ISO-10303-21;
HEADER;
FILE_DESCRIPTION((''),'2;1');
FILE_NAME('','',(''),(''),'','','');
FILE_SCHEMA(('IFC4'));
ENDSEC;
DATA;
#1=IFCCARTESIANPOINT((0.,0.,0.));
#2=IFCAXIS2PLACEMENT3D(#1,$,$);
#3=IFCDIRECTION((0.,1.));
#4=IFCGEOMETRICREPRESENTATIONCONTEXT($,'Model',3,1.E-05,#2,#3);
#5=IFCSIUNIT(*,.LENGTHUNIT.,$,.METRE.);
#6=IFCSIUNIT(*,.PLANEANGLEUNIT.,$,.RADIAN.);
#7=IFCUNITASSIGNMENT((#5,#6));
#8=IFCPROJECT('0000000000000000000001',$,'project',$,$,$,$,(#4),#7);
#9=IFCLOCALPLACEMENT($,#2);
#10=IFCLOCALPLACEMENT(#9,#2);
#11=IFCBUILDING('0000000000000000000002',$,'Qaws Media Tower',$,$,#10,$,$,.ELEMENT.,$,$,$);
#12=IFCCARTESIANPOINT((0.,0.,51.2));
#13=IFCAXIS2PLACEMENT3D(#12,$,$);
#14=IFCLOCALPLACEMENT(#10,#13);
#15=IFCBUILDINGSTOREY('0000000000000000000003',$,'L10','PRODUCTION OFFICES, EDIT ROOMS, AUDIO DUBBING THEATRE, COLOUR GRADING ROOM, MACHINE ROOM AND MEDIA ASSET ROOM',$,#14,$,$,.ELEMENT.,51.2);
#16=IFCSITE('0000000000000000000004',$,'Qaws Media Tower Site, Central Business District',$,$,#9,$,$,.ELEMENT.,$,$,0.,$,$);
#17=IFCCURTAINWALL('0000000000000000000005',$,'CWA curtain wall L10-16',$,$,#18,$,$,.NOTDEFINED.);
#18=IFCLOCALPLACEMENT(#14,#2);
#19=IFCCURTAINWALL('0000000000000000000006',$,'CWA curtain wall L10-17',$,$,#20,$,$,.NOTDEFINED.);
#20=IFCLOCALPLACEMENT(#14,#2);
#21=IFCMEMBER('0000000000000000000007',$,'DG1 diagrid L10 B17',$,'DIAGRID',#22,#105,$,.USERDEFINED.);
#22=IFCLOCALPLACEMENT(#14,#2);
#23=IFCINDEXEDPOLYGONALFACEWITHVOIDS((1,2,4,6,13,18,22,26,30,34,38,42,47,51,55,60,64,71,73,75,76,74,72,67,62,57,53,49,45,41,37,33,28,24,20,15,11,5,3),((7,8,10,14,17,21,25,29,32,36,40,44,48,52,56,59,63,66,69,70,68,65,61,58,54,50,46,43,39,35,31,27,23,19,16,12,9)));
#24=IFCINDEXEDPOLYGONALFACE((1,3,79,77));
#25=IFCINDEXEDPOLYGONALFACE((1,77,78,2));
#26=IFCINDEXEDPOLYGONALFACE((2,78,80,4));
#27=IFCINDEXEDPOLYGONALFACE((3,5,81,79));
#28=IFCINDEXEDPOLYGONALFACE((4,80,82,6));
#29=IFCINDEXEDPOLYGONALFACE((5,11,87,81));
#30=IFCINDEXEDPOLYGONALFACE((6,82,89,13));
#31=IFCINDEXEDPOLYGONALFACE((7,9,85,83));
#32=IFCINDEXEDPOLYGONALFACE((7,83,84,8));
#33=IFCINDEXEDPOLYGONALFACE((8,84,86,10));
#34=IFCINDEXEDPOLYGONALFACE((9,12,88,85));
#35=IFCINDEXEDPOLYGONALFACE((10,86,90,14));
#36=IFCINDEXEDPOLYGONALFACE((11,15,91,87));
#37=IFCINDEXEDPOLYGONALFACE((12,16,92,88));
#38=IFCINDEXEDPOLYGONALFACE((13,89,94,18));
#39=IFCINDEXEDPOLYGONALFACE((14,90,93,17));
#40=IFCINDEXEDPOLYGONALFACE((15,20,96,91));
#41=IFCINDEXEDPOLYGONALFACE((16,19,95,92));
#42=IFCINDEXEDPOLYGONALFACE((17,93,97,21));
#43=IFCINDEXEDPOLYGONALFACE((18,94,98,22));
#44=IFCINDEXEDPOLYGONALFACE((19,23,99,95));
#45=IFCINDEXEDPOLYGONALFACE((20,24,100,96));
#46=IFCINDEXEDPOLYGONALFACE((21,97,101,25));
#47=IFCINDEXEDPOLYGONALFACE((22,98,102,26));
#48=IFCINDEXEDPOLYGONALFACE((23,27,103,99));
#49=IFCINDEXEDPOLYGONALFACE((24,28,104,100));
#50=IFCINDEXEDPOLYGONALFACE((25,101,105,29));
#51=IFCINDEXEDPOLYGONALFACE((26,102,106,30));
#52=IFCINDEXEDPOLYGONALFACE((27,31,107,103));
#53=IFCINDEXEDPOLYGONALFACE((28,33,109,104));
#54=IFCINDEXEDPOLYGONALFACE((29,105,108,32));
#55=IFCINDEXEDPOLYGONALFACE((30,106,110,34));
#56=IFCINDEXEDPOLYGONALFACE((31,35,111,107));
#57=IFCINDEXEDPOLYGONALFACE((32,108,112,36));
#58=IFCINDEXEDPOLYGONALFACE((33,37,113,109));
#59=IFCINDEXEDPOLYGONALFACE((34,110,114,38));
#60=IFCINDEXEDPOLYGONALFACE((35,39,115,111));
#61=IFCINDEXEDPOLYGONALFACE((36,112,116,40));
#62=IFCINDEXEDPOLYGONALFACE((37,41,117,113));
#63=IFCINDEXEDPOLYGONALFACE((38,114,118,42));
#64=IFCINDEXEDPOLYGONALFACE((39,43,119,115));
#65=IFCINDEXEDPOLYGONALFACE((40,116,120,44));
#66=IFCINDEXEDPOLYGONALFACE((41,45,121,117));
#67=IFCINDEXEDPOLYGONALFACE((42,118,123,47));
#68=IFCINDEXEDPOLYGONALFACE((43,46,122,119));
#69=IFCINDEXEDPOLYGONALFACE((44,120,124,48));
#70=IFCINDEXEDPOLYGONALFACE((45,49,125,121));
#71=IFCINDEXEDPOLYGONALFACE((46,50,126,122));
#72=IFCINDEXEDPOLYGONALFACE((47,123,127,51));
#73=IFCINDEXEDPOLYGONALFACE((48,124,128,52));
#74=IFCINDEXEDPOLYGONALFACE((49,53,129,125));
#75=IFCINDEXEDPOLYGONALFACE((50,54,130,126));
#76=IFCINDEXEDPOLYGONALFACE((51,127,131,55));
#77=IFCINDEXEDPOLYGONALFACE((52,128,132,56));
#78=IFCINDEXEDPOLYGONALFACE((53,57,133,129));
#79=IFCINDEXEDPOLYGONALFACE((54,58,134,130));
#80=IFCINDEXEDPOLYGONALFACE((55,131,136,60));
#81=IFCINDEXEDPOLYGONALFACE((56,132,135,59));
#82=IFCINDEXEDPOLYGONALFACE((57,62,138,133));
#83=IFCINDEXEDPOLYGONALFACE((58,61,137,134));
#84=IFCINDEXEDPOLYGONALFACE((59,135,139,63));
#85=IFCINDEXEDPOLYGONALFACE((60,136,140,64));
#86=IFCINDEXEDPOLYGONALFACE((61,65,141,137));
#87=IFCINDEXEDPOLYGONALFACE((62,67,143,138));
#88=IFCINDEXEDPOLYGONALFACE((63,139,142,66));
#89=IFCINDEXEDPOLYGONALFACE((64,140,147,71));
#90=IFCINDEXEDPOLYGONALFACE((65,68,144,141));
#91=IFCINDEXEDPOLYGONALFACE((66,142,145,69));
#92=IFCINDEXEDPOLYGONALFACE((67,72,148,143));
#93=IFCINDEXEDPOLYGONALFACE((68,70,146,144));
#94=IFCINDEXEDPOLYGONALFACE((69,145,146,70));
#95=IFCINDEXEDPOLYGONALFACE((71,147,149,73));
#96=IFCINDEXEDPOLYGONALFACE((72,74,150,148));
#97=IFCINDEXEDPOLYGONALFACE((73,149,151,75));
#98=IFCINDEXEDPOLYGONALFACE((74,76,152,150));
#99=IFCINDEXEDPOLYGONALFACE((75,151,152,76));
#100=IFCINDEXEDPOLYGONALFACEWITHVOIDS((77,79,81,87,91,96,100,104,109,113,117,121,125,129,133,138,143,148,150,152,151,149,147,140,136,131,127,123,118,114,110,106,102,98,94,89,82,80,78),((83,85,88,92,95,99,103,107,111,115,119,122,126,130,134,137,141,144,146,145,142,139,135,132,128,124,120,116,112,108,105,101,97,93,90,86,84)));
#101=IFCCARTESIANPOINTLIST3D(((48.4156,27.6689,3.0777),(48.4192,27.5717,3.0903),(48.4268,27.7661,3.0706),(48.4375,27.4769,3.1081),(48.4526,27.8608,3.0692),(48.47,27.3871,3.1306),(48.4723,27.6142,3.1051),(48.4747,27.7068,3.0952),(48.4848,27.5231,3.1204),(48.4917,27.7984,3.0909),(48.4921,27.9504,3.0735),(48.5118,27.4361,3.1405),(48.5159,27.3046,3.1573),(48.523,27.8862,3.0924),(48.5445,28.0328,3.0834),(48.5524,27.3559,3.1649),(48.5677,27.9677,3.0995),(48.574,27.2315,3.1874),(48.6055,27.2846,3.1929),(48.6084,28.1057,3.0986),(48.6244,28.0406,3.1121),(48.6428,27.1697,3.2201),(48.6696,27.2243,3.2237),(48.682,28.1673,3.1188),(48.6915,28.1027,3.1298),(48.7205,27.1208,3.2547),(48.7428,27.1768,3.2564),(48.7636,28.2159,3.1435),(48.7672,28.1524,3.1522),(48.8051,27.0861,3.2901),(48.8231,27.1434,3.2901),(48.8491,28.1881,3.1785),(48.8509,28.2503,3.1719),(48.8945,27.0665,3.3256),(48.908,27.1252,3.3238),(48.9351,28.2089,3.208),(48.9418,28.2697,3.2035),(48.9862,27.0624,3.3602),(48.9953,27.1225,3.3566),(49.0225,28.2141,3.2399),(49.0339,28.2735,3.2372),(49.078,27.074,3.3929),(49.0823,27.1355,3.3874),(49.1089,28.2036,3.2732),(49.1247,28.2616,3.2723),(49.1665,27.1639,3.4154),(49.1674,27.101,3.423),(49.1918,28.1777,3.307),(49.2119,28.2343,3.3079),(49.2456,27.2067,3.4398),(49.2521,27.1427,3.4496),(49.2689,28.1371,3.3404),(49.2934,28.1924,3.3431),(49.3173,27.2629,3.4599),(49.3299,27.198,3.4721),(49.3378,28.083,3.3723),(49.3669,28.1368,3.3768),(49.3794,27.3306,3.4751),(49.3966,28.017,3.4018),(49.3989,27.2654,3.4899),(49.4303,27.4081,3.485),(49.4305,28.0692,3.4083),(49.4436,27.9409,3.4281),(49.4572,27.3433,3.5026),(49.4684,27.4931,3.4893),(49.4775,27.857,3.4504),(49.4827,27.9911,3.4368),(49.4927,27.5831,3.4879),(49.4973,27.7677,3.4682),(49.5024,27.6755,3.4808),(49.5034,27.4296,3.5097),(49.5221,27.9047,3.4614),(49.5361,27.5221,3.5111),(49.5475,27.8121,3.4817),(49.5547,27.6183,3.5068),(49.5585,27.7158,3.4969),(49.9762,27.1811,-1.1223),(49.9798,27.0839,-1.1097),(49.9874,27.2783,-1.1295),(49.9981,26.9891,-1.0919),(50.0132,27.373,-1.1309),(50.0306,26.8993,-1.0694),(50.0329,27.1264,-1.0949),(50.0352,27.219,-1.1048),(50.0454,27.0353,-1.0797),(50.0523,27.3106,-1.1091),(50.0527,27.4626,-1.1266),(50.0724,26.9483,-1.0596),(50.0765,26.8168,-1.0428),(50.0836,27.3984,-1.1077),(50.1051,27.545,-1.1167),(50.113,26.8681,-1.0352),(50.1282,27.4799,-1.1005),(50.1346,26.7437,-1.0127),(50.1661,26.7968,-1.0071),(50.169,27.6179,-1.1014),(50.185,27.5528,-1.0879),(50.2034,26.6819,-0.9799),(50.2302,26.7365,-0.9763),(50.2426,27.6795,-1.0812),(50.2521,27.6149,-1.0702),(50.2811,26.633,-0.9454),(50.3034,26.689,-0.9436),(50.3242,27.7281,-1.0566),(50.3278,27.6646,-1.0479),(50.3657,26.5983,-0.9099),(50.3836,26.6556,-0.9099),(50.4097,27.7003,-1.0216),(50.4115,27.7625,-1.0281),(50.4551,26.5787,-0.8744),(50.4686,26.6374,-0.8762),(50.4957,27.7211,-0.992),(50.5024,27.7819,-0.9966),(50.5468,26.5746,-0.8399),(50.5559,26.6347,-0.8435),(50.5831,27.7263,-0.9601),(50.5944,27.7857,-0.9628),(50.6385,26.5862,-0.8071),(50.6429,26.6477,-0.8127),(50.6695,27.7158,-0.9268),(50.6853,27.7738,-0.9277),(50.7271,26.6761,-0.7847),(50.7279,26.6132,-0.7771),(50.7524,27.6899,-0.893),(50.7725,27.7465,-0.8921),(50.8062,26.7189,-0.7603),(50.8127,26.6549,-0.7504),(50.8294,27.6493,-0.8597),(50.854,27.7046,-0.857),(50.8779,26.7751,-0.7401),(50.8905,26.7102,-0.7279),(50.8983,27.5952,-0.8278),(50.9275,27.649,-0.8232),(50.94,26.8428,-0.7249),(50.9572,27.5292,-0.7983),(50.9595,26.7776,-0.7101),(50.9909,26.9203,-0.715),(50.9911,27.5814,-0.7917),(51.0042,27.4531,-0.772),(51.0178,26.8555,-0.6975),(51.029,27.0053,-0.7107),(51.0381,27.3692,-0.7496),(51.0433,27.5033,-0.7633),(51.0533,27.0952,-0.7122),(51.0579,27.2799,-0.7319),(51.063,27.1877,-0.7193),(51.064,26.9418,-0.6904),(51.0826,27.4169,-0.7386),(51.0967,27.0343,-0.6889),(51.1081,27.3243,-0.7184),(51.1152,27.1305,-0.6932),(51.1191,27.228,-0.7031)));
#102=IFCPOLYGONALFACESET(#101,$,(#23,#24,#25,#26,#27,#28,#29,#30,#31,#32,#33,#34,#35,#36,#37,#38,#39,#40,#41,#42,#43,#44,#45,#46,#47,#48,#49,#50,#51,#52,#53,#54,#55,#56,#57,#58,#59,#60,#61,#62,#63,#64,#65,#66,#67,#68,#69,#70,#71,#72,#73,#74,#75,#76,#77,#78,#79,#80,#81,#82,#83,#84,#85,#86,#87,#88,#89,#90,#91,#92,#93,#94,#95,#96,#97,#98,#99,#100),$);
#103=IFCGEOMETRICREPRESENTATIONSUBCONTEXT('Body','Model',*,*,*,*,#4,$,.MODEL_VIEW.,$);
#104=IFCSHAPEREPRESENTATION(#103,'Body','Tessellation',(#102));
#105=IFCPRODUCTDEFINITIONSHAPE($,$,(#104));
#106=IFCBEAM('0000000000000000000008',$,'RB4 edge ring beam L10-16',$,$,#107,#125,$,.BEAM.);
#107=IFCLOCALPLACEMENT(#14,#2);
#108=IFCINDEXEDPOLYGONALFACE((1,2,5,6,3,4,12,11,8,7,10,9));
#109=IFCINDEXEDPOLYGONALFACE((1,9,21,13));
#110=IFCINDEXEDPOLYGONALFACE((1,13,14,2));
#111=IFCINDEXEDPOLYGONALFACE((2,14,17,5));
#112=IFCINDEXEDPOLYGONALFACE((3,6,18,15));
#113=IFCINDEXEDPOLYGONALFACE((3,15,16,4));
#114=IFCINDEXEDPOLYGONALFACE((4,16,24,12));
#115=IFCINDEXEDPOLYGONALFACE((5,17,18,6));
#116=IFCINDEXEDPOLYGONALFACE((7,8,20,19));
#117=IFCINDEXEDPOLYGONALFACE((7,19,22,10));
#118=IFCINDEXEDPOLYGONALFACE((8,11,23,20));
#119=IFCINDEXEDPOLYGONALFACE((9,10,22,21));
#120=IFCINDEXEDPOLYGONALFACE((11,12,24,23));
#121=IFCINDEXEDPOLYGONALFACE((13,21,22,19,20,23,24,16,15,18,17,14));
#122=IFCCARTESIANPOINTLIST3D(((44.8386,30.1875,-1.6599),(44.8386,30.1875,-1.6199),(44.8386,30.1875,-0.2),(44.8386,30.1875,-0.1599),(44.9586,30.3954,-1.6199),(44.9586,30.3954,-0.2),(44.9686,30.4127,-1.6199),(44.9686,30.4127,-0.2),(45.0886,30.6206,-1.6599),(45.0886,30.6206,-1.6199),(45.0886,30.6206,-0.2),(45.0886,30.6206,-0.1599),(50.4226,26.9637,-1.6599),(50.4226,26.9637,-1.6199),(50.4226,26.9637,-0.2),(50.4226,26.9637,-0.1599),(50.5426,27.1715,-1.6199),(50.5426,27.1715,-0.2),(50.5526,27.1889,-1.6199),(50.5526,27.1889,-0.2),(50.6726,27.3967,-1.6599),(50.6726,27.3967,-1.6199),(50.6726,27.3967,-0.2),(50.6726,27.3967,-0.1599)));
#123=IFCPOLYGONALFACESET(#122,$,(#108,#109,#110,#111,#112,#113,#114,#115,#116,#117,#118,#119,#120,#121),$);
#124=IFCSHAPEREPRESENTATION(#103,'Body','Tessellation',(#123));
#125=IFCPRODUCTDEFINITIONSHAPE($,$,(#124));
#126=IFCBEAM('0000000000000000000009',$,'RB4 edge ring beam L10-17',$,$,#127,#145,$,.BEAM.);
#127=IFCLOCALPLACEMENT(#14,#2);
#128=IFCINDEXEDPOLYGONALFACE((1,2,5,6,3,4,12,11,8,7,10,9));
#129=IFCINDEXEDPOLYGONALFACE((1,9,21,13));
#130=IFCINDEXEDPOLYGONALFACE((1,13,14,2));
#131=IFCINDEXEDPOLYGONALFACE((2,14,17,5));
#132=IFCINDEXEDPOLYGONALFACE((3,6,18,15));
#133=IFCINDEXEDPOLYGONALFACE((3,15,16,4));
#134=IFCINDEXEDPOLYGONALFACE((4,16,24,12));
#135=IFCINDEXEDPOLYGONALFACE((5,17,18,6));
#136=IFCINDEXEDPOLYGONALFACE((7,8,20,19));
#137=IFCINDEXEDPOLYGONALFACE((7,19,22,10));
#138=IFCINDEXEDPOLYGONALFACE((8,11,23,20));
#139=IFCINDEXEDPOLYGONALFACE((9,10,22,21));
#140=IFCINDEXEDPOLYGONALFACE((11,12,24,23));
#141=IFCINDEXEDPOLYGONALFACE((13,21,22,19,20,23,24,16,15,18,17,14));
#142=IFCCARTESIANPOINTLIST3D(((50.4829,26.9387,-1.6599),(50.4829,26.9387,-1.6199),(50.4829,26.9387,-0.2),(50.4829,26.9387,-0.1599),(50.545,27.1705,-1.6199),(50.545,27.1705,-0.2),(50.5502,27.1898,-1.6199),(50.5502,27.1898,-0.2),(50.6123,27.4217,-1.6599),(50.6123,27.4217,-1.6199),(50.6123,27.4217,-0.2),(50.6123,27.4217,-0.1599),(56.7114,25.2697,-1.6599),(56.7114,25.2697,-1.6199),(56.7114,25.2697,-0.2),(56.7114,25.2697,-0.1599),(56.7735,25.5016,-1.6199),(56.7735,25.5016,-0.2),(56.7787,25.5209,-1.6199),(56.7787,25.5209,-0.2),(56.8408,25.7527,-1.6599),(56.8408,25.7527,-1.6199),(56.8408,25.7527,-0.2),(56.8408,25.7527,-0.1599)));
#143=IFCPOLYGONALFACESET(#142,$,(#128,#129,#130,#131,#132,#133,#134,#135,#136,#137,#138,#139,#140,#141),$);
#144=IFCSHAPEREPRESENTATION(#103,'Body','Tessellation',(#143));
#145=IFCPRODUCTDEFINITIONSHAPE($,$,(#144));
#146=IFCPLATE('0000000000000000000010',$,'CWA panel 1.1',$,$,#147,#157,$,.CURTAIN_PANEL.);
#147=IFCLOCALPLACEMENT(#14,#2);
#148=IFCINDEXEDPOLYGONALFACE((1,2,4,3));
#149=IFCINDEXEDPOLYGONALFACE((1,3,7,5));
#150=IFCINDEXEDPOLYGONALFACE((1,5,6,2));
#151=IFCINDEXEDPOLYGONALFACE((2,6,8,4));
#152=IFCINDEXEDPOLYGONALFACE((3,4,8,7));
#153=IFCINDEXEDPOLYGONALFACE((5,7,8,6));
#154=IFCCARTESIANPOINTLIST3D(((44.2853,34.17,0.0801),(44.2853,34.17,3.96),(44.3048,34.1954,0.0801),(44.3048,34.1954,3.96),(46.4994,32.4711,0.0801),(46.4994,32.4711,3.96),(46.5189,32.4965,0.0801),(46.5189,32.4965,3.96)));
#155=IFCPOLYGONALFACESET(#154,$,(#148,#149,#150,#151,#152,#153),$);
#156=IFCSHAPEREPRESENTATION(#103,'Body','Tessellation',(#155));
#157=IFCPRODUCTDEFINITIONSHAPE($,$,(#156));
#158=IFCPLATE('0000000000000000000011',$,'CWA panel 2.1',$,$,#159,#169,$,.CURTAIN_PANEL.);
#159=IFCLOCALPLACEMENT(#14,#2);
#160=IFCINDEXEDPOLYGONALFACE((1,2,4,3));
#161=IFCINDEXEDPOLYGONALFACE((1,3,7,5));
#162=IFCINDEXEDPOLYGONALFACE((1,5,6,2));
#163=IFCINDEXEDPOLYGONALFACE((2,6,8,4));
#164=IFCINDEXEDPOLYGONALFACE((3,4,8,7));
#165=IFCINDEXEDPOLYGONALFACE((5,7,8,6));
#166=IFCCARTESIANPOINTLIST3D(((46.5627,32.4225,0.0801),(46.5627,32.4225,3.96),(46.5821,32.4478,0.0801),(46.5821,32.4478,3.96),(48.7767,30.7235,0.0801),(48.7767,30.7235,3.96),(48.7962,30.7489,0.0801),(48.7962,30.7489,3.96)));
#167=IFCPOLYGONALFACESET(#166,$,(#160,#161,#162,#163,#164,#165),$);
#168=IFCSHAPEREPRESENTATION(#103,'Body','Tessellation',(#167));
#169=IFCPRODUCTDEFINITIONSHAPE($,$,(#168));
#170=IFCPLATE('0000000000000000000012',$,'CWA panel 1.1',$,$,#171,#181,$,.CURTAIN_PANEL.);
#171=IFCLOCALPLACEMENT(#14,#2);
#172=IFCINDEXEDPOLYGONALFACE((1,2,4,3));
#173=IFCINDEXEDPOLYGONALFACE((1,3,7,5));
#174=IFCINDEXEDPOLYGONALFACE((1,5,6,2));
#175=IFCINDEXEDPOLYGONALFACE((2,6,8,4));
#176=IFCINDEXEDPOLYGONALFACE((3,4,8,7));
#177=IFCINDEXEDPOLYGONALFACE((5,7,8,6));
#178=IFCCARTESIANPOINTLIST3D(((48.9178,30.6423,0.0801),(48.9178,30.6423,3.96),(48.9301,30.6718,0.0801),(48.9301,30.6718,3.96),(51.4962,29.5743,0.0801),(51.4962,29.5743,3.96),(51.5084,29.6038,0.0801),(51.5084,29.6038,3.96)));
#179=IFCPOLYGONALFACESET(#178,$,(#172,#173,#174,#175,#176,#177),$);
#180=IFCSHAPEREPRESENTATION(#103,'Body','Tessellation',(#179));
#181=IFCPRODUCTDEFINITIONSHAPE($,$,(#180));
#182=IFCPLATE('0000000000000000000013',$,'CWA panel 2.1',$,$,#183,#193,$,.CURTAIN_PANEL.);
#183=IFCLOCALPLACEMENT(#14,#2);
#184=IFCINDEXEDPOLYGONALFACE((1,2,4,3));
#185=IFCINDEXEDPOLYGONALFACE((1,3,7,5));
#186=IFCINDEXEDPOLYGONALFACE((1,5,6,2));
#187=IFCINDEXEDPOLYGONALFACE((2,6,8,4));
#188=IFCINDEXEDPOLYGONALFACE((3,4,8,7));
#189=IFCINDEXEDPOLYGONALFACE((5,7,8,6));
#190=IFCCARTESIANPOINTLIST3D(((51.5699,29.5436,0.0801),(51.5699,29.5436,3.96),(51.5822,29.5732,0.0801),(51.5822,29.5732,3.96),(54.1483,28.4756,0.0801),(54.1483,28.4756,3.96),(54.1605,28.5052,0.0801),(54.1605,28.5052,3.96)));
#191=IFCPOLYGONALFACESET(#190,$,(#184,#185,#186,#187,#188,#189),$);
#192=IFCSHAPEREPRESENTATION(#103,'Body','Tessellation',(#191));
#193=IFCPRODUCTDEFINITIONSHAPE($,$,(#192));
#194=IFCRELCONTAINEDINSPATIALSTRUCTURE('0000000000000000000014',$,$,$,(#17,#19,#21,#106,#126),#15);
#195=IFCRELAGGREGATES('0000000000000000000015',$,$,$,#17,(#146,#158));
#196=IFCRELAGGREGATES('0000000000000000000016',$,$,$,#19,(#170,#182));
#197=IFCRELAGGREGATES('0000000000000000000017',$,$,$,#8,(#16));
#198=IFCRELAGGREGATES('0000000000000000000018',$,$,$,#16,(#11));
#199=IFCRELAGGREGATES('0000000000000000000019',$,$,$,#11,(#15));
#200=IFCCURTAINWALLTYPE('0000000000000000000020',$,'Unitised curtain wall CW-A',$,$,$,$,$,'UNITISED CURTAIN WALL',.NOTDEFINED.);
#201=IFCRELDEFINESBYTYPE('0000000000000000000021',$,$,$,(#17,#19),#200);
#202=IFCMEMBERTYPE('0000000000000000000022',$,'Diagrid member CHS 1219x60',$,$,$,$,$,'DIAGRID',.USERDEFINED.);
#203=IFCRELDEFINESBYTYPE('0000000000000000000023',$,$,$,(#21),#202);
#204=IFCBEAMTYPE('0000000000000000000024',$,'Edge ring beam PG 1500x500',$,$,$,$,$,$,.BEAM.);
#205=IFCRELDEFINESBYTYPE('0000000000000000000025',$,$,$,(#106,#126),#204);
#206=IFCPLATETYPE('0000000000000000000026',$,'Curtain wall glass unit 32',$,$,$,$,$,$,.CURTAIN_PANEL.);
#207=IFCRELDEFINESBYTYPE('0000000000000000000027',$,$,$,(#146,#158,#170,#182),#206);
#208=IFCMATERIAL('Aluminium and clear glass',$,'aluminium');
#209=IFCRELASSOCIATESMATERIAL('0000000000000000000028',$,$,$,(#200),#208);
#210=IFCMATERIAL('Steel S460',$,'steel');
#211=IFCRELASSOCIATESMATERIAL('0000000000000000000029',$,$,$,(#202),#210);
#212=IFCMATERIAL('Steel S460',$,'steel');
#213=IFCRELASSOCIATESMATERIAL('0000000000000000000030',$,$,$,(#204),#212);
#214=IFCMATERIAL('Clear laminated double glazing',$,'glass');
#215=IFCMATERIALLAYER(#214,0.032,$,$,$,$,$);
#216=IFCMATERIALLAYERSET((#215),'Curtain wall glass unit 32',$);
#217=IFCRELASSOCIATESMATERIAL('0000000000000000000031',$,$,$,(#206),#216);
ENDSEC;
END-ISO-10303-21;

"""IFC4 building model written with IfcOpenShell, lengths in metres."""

from ifc_helpers import new_model, si_unit, direction, frame, origin, origin_2d, place, context, subcontext, project, spatial, rectangle, hollow_circle, i_section, extrude, material, layer, layer_set, material_profile, profile_set, type_object, element, aggregate, save


model = new_model("IFC4")

# Units and contexts
model_context = context("Model", 3, precision=1e-05, world=origin(), true_north=direction((0.0, 1.0)))
body_context = subcontext(model_context, "Body", "Model", "MODEL_VIEW")
ifc_project = project(units=[si_unit("LENGTHUNIT", "METRE"), si_unit("PLANEANGLEUNIT", "RADIAN")], contexts=[model_context])

# Site, building, storey
site_placement = place(None, origin())
site = spatial("IfcSite", under=ifc_project, at=site_placement, Name="Qaws Media Tower Site, Central Business District", CompositionType="ELEMENT", RefElevation=0.0)
building_placement = place(site_placement, origin())
building = spatial("IfcBuilding", under=site, at=building_placement, Name="Qaws Media Tower", CompositionType="ELEMENT")
storey_placement = place(building_placement, frame((0.0, 0.0, 51.2)))
storey = spatial("IfcBuildingStorey", under=building, at=storey_placement, Name="L10", Description="PRODUCTION OFFICES, EDIT ROOMS, AUDIO DUBBING THEATRE, COLOUR GRADING ROOM, MACHINE ROOM AND MEDIA ASSET ROOM", CompositionType="ELEMENT", Elevation=51.2)

# Shared definitions
ifc_material_1 = material(Name="Aluminium and clear glass", Category="aluminium")
curtain_wall_type = type_object("IfcCurtainWallType", Name="Unitised curtain wall CW-A", ElementType="UNITISED CURTAIN WALL", PredefinedType="NOTDEFINED", material=ifc_material_1)

# Curtain walls
curtain_wall_1_placement = place(storey_placement, origin())
curtain_wall_1 = element("IfcCurtainWall", 1, at=curtain_wall_1_placement, inside=storey, type_object=curtain_wall_type, Name="CWA curtain wall L10-16", PredefinedType="NOTDEFINED")
curtain_wall_2_placement = place(storey_placement, origin())
curtain_wall_2 = element("IfcCurtainWall", 2, at=curtain_wall_2_placement, inside=storey, type_object=curtain_wall_type, Name="CWA curtain wall L10-17", PredefinedType="NOTDEFINED")

# Member
ifc_material_2 = material(Name="Steel S460", Category="steel")
ifc_material_profile_1 = material_profile(ifc_material_2, hollow_circle(Radius=0.6096, WallThickness=0.0601, at=origin_2d()), Name="CHS 1219x60")
ifc_profile_set_1 = profile_set([ifc_material_profile_1], Name="Steel S460")
member_type_1 = type_object("IfcMemberType", Name="Diagrid member CHS 1219x60", ElementType="DIAGRID", PredefinedType="USERDEFINED", material=ifc_profile_set_1)
for number, where, z_axis, x_axis, name in (
    (3, (50.5476, 27.1802, -0.9099), (-0.346251, 0.108231, 0.931878), (-0.298343, -0.954459, 0.0), "DG1 diagrid L10 B17"),
):
    element("IfcMember", number, at=place(storey_placement, frame(where, z_axis=z_axis, x_axis=x_axis)), inside=storey, type_object=member_type_1, Name=name, ObjectType="DIAGRID", PredefinedType="USERDEFINED", context=body_context, shape_type="SweptSolid", body=[
        extrude(hollow_circle(Radius=0.6096, WallThickness=0.0601, at=origin_2d()), origin(), (0.0, 0.0, 1.0), 4.5071),
    ])

# Beams
ifc_material_3 = material(Name="Steel S460", Category="steel")
ifc_material_profile_2 = material_profile(ifc_material_3, i_section(OverallWidth=0.5, OverallDepth=1.5, WebThickness=0.02, FlangeThickness=0.04, at=origin_2d()), Name="PG 1500x500")
ifc_profile_set_2 = profile_set([ifc_material_profile_2], Name="Steel S460")
beam_type = type_object("IfcBeamType", Name="Edge ring beam PG 1500x500", PredefinedType="BEAM", material=ifc_profile_set_2)
beam_1_placement = place(storey_placement, frame((44.9636, 30.4041, -0.9099), z_axis=(0.866028, -0.499996, 0.0), x_axis=(0.499996, 0.866028, 0.0)))
element("IfcBeam", 4, at=beam_1_placement, inside=storey, type_object=beam_type, Name="RB4 edge ring beam L10-16", PredefinedType="BEAM", context=body_context, shape_type="SweptSolid", body=[
    extrude(i_section(OverallWidth=0.5, OverallDepth=1.5, WebThickness=0.02, FlangeThickness=0.04, at=origin_2d()), origin(), (0.0, 0.0, 1.0), 6.4478),
])
beam_2_placement = place(storey_placement, frame((50.5476, 27.1802, -0.9099), z_axis=(0.965925, -0.258822, 0.0), x_axis=(0.258822, 0.965925, 0.0)))
element("IfcBeam", 5, at=beam_2_placement, inside=storey, type_object=beam_type, Name="RB4 edge ring beam L10-17", PredefinedType="BEAM", context=body_context, shape_type="SweptSolid", body=[
    extrude(i_section(OverallWidth=0.5, OverallDepth=1.5, WebThickness=0.02, FlangeThickness=0.04, at=origin_2d()), origin(), (0.0, 0.0, 1.0), 6.4482),
])

# Plates
ifc_material_4 = material(Name="Clear laminated double glazing", Category="glass")
ifc_layer_1 = layer(ifc_material_4, 0.032)
ifc_layer_set_1 = layer_set([ifc_layer_1], Name="Curtain wall glass unit 32")
plate_type_1 = type_object("IfcPlateType", Name="Curtain wall glass unit 32", PredefinedType="CURTAIN_PANEL", material=ifc_layer_set_1)
plate_1_placement = place(storey_placement, frame((45.4021, 33.3333, 0.0801), z_axis=(0.0, 0.0, 1.0), x_axis=(0.793353, -0.608762, 0.0)))
plate_1 = element("IfcPlate", 6, at=plate_1_placement, type_object=plate_type_1, Name="CWA panel 1.1", PredefinedType="CURTAIN_PANEL", context=body_context, shape_type="SweptSolid", body=[
    extrude(rectangle(XDim=2.7908, YDim=0.032, at=origin_2d()), origin(), (0.0, 0.0, 1.0), 3.8799),
])
plate_2_placement = place(storey_placement, frame((47.6794, 31.5857, 0.0801), z_axis=(0.0, 0.0, 1.0), x_axis=(0.793353, -0.608762, 0.0)))
plate_2 = element("IfcPlate", 7, at=plate_2_placement, type_object=plate_type_1, Name="CWA panel 2.1", PredefinedType="CURTAIN_PANEL", context=body_context, shape_type="SweptSolid", body=[
    extrude(rectangle(XDim=2.7908, YDim=0.032, at=origin_2d()), origin(), (0.0, 0.0, 1.0), 3.8799),
])
aggregate(curtain_wall_1, [plate_1, plate_2])
plate_3_placement = place(storey_placement, frame((50.2131, 30.123, 0.0801), z_axis=(0.0, 0.0, 1.0), x_axis=(0.92388, -0.382683, 0.0)))
plate_3 = element("IfcPlate", 8, at=plate_3_placement, type_object=plate_type_1, Name="CWA panel 1.1", PredefinedType="CURTAIN_PANEL", context=body_context, shape_type="SweptSolid", body=[
    extrude(rectangle(XDim=2.7908, YDim=0.032, at=origin_2d()), origin(), (0.0, 0.0, 1.0), 3.8799),
])
plate_4_placement = place(storey_placement, frame((52.8652, 29.0244, 0.0801), z_axis=(0.0, 0.0, 1.0), x_axis=(0.92388, -0.382683, 0.0)))
plate_4 = element("IfcPlate", 9, at=plate_4_placement, type_object=plate_type_1, Name="CWA panel 2.1", PredefinedType="CURTAIN_PANEL", context=body_context, shape_type="SweptSolid", body=[
    extrude(rectangle(XDim=2.7908, YDim=0.032, at=origin_2d()), origin(), (0.0, 0.0, 1.0), 3.8799),
])
aggregate(curtain_wall_2, [plate_3, plate_4])

save(model, "model.ifc")
